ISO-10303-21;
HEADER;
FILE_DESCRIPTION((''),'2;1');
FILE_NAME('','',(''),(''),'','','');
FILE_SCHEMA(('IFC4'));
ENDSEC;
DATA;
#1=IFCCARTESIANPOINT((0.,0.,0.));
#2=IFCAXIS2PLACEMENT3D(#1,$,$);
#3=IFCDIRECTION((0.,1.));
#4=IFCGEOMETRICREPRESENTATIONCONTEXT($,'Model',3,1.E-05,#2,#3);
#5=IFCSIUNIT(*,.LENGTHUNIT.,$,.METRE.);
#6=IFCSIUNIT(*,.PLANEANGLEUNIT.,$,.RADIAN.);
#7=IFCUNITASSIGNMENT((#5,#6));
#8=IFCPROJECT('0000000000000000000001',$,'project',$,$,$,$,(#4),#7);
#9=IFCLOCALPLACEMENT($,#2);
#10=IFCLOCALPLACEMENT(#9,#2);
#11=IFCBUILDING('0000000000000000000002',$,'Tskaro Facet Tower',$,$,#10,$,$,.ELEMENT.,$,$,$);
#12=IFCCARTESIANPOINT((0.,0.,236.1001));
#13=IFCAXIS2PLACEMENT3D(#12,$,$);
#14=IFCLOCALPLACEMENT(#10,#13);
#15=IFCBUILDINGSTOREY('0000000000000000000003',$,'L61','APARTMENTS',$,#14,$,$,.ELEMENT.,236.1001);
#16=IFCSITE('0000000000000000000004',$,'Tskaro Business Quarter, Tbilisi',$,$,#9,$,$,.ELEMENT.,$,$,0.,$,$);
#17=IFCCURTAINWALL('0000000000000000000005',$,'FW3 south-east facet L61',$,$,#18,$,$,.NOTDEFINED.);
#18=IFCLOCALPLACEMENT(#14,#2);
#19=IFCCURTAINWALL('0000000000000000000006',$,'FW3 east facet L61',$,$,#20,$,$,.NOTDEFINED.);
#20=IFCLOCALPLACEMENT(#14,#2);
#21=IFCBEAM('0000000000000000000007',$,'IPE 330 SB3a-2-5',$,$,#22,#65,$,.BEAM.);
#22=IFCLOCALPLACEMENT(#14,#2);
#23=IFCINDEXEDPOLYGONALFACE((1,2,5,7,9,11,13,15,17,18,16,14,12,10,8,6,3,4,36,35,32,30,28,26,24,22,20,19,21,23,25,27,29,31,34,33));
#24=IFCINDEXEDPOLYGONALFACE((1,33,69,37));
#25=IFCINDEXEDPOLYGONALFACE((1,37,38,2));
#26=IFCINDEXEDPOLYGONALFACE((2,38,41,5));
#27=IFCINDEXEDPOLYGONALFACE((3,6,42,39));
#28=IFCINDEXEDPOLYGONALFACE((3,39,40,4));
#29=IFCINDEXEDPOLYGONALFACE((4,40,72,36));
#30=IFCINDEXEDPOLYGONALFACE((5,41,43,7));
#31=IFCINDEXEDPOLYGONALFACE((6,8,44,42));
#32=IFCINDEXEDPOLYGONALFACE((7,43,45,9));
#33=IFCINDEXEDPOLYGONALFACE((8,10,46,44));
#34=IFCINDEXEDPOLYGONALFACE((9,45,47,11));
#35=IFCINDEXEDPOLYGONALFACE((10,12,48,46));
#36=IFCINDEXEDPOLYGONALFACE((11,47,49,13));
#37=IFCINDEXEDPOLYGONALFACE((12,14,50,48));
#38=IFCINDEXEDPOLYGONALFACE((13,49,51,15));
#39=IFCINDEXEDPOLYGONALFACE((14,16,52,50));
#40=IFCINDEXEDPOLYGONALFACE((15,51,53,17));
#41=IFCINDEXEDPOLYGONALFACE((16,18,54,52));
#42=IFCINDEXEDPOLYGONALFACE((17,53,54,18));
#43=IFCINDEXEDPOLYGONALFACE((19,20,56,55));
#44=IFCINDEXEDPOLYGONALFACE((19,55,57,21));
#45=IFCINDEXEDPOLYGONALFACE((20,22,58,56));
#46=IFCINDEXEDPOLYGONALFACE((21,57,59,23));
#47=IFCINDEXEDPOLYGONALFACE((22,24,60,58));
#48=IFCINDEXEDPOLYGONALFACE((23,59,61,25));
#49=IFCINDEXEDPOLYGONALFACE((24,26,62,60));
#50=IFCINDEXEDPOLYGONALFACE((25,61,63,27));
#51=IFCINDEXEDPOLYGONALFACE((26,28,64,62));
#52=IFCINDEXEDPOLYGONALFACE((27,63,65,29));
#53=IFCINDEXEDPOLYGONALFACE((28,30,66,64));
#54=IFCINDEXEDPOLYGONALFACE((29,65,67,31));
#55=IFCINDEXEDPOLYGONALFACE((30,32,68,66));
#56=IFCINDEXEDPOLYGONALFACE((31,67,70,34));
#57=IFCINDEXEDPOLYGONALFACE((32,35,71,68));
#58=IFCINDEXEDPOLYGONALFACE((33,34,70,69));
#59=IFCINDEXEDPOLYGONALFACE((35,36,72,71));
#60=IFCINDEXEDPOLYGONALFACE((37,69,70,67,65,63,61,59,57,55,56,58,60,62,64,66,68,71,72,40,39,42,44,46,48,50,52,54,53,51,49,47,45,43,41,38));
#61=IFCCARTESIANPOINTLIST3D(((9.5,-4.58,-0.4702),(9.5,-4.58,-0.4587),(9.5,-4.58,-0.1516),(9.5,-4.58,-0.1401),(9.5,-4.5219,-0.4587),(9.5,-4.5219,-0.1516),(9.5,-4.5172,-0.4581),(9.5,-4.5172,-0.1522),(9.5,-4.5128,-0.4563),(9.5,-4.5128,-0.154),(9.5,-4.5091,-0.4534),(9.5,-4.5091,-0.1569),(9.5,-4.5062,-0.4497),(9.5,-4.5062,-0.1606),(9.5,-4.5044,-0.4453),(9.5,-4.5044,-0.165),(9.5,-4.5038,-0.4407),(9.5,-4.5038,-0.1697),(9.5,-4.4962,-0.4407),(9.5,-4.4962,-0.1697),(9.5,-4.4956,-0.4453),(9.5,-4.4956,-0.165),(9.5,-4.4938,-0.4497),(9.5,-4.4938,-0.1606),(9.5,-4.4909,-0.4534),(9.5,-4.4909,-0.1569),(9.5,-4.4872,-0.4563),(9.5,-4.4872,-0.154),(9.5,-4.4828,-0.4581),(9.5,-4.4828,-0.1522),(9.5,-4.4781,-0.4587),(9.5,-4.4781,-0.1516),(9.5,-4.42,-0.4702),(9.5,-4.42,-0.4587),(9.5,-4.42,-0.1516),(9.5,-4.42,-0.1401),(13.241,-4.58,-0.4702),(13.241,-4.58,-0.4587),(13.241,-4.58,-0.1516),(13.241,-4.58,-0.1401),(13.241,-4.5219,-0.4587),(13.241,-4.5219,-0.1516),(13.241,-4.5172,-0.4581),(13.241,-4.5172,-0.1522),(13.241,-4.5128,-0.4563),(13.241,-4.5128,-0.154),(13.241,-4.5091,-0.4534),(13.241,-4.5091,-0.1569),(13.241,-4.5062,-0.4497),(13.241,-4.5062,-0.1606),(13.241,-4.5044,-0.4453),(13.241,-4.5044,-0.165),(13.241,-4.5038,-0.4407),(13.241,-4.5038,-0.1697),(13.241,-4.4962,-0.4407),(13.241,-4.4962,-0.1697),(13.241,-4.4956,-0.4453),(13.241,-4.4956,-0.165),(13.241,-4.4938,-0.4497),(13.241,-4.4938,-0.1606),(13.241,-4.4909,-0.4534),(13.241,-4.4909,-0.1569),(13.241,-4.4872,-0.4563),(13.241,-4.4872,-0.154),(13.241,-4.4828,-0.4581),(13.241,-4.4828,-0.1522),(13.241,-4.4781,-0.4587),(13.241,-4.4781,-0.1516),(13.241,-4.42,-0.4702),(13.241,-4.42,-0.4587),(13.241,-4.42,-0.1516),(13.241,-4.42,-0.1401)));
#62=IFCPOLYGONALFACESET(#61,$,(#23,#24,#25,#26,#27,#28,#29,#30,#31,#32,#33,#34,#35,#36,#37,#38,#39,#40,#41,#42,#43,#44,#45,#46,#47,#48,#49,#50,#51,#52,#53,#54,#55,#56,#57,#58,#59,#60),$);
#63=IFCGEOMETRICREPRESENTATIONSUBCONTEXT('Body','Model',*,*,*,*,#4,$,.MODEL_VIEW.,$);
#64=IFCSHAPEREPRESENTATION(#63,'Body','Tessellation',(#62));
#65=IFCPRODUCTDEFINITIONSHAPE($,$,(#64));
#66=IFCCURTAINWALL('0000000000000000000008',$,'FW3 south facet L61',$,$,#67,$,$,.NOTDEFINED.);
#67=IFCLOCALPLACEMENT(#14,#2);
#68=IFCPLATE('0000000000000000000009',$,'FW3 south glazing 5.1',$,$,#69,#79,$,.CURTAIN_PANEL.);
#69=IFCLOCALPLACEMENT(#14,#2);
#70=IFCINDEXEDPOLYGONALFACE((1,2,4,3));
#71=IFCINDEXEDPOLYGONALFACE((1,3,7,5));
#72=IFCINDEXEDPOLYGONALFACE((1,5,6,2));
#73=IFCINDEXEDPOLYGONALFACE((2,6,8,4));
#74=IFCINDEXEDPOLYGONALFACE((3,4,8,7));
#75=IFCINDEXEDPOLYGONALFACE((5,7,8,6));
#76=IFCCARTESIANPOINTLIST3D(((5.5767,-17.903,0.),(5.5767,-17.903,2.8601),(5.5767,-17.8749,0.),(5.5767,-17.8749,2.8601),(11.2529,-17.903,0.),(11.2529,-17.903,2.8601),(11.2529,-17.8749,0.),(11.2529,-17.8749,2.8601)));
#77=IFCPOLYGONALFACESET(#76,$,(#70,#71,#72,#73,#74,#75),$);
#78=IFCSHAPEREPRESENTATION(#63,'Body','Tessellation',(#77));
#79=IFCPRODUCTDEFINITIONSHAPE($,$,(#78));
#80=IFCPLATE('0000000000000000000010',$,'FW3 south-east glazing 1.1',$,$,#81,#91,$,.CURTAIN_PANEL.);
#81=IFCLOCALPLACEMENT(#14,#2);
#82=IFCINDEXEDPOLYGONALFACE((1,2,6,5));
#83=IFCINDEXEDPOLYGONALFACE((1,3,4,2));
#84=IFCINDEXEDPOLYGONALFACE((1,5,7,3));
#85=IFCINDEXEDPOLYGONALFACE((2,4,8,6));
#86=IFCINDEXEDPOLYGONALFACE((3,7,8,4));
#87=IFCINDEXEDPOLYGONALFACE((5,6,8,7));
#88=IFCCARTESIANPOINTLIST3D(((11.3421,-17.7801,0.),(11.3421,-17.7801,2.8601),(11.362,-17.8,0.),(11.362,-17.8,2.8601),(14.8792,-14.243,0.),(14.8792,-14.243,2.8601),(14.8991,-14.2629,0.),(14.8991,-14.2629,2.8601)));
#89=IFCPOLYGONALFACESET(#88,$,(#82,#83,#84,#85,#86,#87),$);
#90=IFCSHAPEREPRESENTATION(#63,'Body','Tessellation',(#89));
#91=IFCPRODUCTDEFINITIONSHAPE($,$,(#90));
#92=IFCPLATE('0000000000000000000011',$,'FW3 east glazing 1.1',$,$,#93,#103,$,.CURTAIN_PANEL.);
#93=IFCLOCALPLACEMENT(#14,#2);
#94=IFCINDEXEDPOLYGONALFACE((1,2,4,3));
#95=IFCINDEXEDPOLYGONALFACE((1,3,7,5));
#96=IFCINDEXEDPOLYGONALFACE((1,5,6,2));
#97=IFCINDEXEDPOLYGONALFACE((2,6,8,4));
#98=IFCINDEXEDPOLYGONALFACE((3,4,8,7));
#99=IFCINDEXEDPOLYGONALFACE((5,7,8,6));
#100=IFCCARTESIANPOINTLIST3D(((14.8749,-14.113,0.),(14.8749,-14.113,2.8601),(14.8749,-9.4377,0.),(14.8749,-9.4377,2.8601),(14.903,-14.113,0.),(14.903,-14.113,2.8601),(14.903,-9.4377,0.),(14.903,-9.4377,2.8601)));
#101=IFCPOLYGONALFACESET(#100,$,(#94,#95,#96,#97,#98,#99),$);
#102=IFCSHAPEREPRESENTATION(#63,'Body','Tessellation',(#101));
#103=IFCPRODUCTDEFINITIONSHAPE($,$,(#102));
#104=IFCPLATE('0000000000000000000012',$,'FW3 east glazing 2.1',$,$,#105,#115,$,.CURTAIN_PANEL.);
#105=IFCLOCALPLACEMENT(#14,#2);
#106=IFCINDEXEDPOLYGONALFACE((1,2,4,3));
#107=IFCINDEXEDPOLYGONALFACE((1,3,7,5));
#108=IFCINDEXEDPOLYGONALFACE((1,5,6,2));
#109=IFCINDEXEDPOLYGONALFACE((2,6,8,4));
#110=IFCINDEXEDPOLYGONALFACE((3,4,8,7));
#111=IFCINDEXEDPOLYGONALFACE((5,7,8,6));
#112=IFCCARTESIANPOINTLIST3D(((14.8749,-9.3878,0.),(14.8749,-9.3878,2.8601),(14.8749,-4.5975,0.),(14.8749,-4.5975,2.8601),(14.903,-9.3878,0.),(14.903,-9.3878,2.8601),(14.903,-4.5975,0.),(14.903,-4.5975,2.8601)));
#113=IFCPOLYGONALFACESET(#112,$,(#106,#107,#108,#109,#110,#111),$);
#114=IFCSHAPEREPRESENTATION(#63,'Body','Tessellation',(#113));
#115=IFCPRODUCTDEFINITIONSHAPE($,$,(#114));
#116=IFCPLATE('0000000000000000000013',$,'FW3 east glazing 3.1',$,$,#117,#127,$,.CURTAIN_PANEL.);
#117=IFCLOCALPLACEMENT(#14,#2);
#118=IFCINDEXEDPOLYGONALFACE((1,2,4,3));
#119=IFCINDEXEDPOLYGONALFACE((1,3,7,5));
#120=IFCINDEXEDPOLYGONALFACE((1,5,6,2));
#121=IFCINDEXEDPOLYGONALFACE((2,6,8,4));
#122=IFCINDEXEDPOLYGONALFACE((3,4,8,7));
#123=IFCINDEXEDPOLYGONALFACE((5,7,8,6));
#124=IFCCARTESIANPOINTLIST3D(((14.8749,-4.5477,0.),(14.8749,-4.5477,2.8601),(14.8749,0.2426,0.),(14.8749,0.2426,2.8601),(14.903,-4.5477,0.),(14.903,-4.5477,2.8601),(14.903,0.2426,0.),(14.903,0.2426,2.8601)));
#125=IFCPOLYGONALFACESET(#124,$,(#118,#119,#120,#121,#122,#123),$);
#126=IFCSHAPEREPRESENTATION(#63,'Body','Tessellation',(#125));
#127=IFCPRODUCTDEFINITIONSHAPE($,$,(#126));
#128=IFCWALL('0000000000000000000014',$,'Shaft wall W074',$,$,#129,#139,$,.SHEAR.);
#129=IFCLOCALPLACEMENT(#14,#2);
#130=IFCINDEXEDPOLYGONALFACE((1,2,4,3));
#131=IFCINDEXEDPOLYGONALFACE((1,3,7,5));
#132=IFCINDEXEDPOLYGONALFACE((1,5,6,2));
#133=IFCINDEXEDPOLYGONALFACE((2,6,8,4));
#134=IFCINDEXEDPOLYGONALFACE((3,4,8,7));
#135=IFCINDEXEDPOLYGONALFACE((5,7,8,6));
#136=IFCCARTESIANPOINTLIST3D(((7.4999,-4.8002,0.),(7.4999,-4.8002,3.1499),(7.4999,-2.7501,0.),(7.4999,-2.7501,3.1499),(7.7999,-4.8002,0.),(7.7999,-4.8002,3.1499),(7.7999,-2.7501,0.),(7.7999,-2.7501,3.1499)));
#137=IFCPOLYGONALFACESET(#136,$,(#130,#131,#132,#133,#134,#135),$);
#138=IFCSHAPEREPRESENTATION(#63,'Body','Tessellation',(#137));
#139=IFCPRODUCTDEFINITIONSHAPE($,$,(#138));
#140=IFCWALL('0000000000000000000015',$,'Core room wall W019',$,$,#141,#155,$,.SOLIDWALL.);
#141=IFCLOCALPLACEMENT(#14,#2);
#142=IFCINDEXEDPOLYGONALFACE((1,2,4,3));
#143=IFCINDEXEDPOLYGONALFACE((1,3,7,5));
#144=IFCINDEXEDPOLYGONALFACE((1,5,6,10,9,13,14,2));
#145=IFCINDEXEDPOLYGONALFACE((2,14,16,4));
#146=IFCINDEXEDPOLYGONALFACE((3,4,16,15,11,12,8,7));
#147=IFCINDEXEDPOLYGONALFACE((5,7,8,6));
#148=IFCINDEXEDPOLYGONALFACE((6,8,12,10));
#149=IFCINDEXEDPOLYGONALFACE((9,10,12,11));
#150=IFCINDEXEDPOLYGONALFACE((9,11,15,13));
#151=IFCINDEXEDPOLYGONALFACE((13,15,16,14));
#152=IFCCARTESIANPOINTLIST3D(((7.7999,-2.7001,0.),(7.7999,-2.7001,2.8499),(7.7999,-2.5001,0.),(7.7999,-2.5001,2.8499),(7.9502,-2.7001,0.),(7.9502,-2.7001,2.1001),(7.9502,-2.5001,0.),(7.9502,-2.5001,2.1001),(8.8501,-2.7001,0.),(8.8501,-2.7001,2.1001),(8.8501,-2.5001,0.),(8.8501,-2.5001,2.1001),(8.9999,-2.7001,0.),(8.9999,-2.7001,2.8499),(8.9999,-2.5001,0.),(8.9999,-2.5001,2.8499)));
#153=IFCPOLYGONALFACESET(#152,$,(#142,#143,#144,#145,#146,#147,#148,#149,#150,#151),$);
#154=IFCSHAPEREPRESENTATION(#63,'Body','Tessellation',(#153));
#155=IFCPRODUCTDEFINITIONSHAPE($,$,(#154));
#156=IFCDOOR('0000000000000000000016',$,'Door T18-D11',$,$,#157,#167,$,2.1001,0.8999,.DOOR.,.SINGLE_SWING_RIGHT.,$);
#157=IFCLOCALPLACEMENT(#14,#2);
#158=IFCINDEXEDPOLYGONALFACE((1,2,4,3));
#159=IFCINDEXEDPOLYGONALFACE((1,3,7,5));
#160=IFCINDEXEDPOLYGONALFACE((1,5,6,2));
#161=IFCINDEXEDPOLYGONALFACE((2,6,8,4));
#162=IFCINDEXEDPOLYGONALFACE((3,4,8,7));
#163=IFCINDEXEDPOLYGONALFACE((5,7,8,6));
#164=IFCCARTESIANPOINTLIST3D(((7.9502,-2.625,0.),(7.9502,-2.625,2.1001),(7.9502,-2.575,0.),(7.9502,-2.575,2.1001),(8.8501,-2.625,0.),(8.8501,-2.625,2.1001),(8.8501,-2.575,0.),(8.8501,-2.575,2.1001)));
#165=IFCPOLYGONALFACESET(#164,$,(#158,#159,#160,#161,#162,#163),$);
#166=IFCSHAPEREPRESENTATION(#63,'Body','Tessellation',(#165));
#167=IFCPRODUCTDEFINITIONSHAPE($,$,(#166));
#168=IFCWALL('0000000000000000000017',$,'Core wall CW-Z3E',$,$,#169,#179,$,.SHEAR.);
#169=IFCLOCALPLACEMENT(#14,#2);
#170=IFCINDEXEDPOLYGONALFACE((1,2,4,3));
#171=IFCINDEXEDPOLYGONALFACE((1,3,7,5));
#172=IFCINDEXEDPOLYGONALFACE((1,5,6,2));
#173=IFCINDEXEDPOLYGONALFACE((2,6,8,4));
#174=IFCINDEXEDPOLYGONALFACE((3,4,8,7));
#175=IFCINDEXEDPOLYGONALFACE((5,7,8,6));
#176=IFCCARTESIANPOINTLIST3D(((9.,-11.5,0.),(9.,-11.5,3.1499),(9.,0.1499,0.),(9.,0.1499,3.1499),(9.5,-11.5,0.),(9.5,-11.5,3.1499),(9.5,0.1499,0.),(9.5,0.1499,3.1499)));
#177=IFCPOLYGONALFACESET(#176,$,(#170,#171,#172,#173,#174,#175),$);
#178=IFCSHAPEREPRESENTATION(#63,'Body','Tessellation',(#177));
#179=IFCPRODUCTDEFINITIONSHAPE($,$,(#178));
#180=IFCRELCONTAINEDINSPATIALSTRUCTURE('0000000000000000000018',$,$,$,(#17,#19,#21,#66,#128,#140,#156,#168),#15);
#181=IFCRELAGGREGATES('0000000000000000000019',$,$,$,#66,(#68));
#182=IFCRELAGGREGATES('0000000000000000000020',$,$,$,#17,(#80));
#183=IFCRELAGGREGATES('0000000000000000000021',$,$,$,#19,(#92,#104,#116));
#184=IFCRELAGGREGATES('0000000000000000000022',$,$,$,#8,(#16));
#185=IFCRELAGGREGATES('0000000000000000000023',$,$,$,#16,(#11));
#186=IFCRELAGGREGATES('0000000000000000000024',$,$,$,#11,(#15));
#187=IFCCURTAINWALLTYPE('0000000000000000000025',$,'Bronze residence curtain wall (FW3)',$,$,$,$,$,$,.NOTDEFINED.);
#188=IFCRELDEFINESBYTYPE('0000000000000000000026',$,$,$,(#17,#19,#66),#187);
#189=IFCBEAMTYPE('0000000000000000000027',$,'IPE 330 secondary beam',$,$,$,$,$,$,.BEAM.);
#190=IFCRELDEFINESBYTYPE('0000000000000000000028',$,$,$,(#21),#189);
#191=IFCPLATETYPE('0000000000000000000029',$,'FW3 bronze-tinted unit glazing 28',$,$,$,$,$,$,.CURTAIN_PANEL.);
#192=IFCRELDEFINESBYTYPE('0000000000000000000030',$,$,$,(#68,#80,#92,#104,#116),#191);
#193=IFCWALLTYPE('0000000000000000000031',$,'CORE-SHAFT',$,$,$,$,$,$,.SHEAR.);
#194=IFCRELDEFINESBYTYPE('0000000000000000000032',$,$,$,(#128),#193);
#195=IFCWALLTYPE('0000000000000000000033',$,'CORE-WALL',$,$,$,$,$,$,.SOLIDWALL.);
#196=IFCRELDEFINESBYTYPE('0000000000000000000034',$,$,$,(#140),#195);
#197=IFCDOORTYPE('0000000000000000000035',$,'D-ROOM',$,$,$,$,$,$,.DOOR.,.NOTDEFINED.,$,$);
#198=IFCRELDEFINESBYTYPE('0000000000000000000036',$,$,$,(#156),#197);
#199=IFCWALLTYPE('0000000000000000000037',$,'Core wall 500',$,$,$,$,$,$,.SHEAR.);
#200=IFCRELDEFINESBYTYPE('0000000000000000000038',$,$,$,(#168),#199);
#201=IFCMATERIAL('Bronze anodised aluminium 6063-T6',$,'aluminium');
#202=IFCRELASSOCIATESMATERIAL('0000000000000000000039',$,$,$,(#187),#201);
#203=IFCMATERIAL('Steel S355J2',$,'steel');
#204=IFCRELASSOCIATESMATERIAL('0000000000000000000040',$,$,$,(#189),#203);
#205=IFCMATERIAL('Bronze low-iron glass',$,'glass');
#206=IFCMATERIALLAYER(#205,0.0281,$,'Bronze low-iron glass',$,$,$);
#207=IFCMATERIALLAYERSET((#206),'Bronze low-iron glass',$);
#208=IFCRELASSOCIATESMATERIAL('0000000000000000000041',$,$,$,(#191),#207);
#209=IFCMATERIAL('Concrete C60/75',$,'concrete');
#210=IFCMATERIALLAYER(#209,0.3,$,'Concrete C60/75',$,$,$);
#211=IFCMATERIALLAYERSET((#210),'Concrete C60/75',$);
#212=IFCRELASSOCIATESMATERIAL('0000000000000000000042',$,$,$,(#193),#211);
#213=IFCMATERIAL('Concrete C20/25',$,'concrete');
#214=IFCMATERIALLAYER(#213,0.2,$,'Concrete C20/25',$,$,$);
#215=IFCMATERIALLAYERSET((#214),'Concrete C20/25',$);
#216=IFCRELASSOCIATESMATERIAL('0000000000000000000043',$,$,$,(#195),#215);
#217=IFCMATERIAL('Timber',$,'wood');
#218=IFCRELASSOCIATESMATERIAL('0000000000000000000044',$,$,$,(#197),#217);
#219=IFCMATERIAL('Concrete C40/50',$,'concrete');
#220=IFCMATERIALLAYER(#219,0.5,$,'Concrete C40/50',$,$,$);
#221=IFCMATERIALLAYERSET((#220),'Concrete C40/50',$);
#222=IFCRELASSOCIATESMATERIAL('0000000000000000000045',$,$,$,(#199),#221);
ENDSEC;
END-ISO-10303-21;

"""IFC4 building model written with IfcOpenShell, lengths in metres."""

from ifc_helpers import new_model, si_unit, direction, frame, frame_2d, origin, origin_2d, place, context, subcontext, project, spatial, rectangle, i_section, extrude, material, layer, layer_set, material_profile, profile_set, type_object, element, fill, aggregate, save


model = new_model("IFC4")

# Units and contexts
model_context = context("Model", 3, precision=1e-05, world=origin(), true_north=direction((0.0, 1.0)))
body_context = subcontext(model_context, "Body", "Model", "MODEL_VIEW")
ifc_project = project(units=[si_unit("LENGTHUNIT", "METRE"), si_unit("PLANEANGLEUNIT", "RADIAN")], contexts=[model_context])

# Site, building, storey
site_placement = place(None, origin())
site = spatial("IfcSite", under=ifc_project, at=site_placement, Name="Tskaro Business Quarter, Tbilisi", CompositionType="ELEMENT", RefElevation=0.0)
building_placement = place(site_placement, origin())
building = spatial("IfcBuilding", under=site, at=building_placement, Name="Tskaro Facet Tower", CompositionType="ELEMENT")
storey_placement = place(building_placement, frame((0.0, 0.0, 236.1001)))
storey = spatial("IfcBuildingStorey", under=building, at=storey_placement, Name="L61", Description="APARTMENTS", CompositionType="ELEMENT", Elevation=236.1001)

# Shared definitions
ifc_material_1 = material(Name="Steel S355J2", Category="steel")

# Curtain wall
ifc_material_2 = material(Name="Bronze anodised aluminium 6063-T6", Category="aluminium")
curtain_wall_type = type_object("IfcCurtainWallType", Name="Bronze residence curtain wall (FW3)", PredefinedType="NOTDEFINED", material=ifc_material_2)
curtain_wall_1_placement = place(storey_placement, origin())
curtain_wall_1 = element("IfcCurtainWall", 1, at=curtain_wall_1_placement, inside=storey, type_object=curtain_wall_type, Name="FW3 south-east facet L61", PredefinedType="NOTDEFINED")

# Curtain wall
curtain_wall_2_placement = place(storey_placement, origin())
curtain_wall_2 = element("IfcCurtainWall", 2, at=curtain_wall_2_placement, inside=storey, type_object=curtain_wall_type, Name="FW3 east facet L61", PredefinedType="NOTDEFINED")

# Beam
ifc_material_profile_1 = material_profile(ifc_material_1, i_section(OverallWidth=0.1599, OverallDepth=0.3301, WebThickness=0.0076, FlangeThickness=0.0115, FilletRadius=0.0181, at=origin_2d()), Name="IPE 330")
ifc_profile_set_1 = profile_set([ifc_material_profile_1], Name="Steel S355J2")
beam_type_1 = type_object("IfcBeamType", Name="IPE 330 secondary beam", PredefinedType="BEAM", material=ifc_profile_set_1)
beam_1_placement = place(storey_placement, frame((9.5, -4.5, -0.3052), z_axis=(1.0, 0.0, 0.0), x_axis=(0.0, 1.0, 0.0)))
element("IfcBeam", 3, at=beam_1_placement, inside=storey, type_object=beam_type_1, Name="IPE 330 SB3a-2-5", PredefinedType="BEAM", context=body_context, shape_type="SweptSolid", body=[
    extrude(i_section(OverallWidth=0.1599, OverallDepth=0.3301, WebThickness=0.0076, FlangeThickness=0.0115, FilletRadius=0.0181, at=origin_2d()), origin(), (0.0, 0.0, 1.0), 3.741),
])

# Curtain wall, plate
curtain_wall_3_placement = place(storey_placement, origin())
curtain_wall_3 = element("IfcCurtainWall", 4, at=curtain_wall_3_placement, inside=storey, type_object=curtain_wall_type, Name="FW3 south facet L61", PredefinedType="NOTDEFINED")
ifc_material_3 = material(Name="Bronze low-iron glass", Category="glass")
ifc_layer_1 = layer(ifc_material_3, 0.0281, Name="Bronze low-iron glass")
ifc_layer_set_1 = layer_set([ifc_layer_1], Name="Bronze low-iron glass")
plate_type = type_object("IfcPlateType", Name="FW3 bronze-tinted unit glazing 28", PredefinedType="CURTAIN_PANEL", material=ifc_layer_set_1)
plate_1_placement = place(storey_placement, frame((8.4148, -17.8889, 0.0), z_axis=(0.0, 0.0, 1.0), x_axis=(1.0, 0.0, 0.0)))
plate_1 = element("IfcPlate", 5, at=plate_1_placement, type_object=plate_type, Name="FW3 south glazing 5.1", PredefinedType="CURTAIN_PANEL", context=body_context, shape_type="SweptSolid", body=[
    extrude(rectangle(XDim=5.6763, YDim=0.0281, at=origin_2d()), origin(), (0.0, 0.0, 1.0), 2.8601),
])
aggregate(curtain_wall_3, [plate_1])

# Plates
plate_2_placement = place(storey_placement, frame((13.1206, -16.0215, 0.0), z_axis=(0.0, 0.0, 1.0), x_axis=(0.707107, 0.707107, 0.0)))
plate_2 = element("IfcPlate", 6, at=plate_2_placement, type_object=plate_type, Name="FW3 south-east glazing 1.1", PredefinedType="CURTAIN_PANEL", context=body_context, shape_type="SweptSolid", body=[
    extrude(rectangle(XDim=5.0022, YDim=0.0281, at=origin_2d()), origin(), (0.0, 0.0, 1.0), 2.8601),
])
aggregate(curtain_wall_1, [plate_2])
plate_3_placement = place(storey_placement, frame((14.8889, -11.7754, 0.0), z_axis=(0.0, 0.0, 1.0), x_axis=(0.0, 1.0, 0.0)))
plate_3 = element("IfcPlate", 7, at=plate_3_placement, type_object=plate_type, Name="FW3 east glazing 1.1", PredefinedType="CURTAIN_PANEL", context=body_context, shape_type="SweptSolid", body=[
    extrude(rectangle(XDim=4.6753, YDim=0.0281, at=origin_2d()), origin(), (0.0, 0.0, 1.0), 2.8601),
])
plate_4_placement = place(storey_placement, frame((14.8889, -6.9927, 0.0), z_axis=(0.0, 0.0, 1.0), x_axis=(0.0, 1.0, 0.0)))
plate_4 = element("IfcPlate", 8, at=plate_4_placement, type_object=plate_type, Name="FW3 east glazing 2.1", PredefinedType="CURTAIN_PANEL", context=body_context, shape_type="SweptSolid", body=[
    extrude(rectangle(XDim=4.7903, YDim=0.0281, at=origin_2d()), origin(), (0.0, 0.0, 1.0), 2.8601),
])
plate_5_placement = place(storey_placement, frame((14.8889, -2.1526, 0.0), z_axis=(0.0, 0.0, 1.0), x_axis=(0.0, 1.0, 0.0)))
plate_5 = element("IfcPlate", 9, at=plate_5_placement, type_object=plate_type, Name="FW3 east glazing 3.1", PredefinedType="CURTAIN_PANEL", context=body_context, shape_type="SweptSolid", body=[
    extrude(rectangle(XDim=4.7903, YDim=0.0281, at=origin_2d()), origin(), (0.0, 0.0, 1.0), 2.8601),
])
aggregate(curtain_wall_2, [plate_3, plate_4, plate_5])

# Wall
ifc_material_4 = material(Name="Concrete C60/75", Category="concrete")
ifc_layer_2 = layer(ifc_material_4, 0.3, Name="Concrete C60/75")
ifc_layer_set_2 = layer_set([ifc_layer_2], Name="Concrete C60/75")
wall_type_1 = type_object("IfcWallType", Name="CORE-SHAFT", PredefinedType="SHEAR", material=ifc_layer_set_2)
wall_1_placement = place(storey_placement, frame((7.6499, -4.8, 0.0), z_axis=(0.0, 0.0, 1.0), x_axis=(0.0, 1.0, 0.0)))
element("IfcWall", 10, at=wall_1_placement, inside=storey, type_object=wall_type_1, Name="Shaft wall W074", PredefinedType="SHEAR", context=body_context, shape_type="SweptSolid", body=[
    extrude(rectangle(XDim=2.05, YDim=0.3, at=frame_2d((1.0249, 0.0))), origin(), (0.0, 0.0, 1.0), 3.1499),
])

# Wall, opening, door
ifc_material_5 = material(Name="Concrete C20/25", Category="concrete")
ifc_layer_3 = layer(ifc_material_5, 0.2, Name="Concrete C20/25")
ifc_layer_set_3 = layer_set([ifc_layer_3], Name="Concrete C20/25")
wall_type_2 = type_object("IfcWallType", Name="CORE-WALL", PredefinedType="SOLIDWALL", material=ifc_layer_set_3)
wall_2_placement = place(storey_placement, frame((9.0, -2.6001, 0.0), z_axis=(0.0, 0.0, 1.0), x_axis=(-1.0, 0.0, 0.0)))
wall_2 = element("IfcWall", 11, at=wall_2_placement, inside=storey, type_object=wall_type_2, Name="Core room wall W019", PredefinedType="SOLIDWALL", context=body_context, shape_type="SweptSolid", body=[
    extrude(rectangle(XDim=1.2, YDim=0.2, at=frame_2d((0.6001, 0.0))), origin(), (0.0, 0.0, 1.0), 2.8499),
])
opening_placement = place(wall_2_placement, frame((0.1499, 0.0, 0.0)))
opening = element("IfcOpeningElement", 12, at=opening_placement, cuts=wall_2, PredefinedType="OPENING", context=body_context, shape_type="SweptSolid", body=[
    extrude(rectangle(XDim=0.8999, YDim=2.1001, at=frame_2d((0.45, 1.05))), frame((0.0, 0.1099, 0.0), z_axis=(0.0, -1.0, 0.0), x_axis=(1.0, 0.0, 0.0)), (0.0, 0.0, 1.0), 0.22),
])
ifc_material_6 = material(Name="Timber", Category="wood")
door_type = type_object("IfcDoorType", Name="D-ROOM", OperationType="NOTDEFINED", PredefinedType="DOOR", material=ifc_material_6)
door_placement = place(opening_placement, origin())
door = element("IfcDoor", 13, at=door_placement, inside=storey, type_object=door_type, Name="Door T18-D11", OperationType="SINGLE_SWING_RIGHT", OverallHeight=2.1001, OverallWidth=0.8999, PredefinedType="DOOR", context=body_context, shape_type="SweptSolid", body=[
    extrude(rectangle(XDim=0.8999, YDim=2.1001, at=frame_2d((0.45, 1.05))), frame((0.0, 0.0249, 0.0), z_axis=(0.0, -1.0, 0.0), x_axis=(1.0, 0.0, 0.0)), (0.0, 0.0, 1.0), 0.05),
])
fill(opening, door)

# Wall
ifc_material_7 = material(Name="Concrete C40/50", Category="concrete")
ifc_layer_4 = layer(ifc_material_7, 0.5, Name="Concrete C40/50")
ifc_layer_set_4 = layer_set([ifc_layer_4], Name="Concrete C40/50")
wall_type_3 = type_object("IfcWallType", Name="Core wall 500", PredefinedType="SHEAR", material=ifc_layer_set_4)
wall_3_placement = place(storey_placement, frame((9.25, -11.5, 0.0), z_axis=(0.0, 0.0, 1.0), x_axis=(0.0, 1.0, 0.0)))
element("IfcWall", 14, at=wall_3_placement, inside=storey, type_object=wall_type_3, Name="Core wall CW-Z3E", PredefinedType="SHEAR", context=body_context, shape_type="SweptSolid", body=[
    extrude(rectangle(XDim=11.6499, YDim=0.5, at=frame_2d((5.825, 0.0))), origin(), (0.0, 0.0, 1.0), 3.1499),
])

save(model, "model.ifc")
